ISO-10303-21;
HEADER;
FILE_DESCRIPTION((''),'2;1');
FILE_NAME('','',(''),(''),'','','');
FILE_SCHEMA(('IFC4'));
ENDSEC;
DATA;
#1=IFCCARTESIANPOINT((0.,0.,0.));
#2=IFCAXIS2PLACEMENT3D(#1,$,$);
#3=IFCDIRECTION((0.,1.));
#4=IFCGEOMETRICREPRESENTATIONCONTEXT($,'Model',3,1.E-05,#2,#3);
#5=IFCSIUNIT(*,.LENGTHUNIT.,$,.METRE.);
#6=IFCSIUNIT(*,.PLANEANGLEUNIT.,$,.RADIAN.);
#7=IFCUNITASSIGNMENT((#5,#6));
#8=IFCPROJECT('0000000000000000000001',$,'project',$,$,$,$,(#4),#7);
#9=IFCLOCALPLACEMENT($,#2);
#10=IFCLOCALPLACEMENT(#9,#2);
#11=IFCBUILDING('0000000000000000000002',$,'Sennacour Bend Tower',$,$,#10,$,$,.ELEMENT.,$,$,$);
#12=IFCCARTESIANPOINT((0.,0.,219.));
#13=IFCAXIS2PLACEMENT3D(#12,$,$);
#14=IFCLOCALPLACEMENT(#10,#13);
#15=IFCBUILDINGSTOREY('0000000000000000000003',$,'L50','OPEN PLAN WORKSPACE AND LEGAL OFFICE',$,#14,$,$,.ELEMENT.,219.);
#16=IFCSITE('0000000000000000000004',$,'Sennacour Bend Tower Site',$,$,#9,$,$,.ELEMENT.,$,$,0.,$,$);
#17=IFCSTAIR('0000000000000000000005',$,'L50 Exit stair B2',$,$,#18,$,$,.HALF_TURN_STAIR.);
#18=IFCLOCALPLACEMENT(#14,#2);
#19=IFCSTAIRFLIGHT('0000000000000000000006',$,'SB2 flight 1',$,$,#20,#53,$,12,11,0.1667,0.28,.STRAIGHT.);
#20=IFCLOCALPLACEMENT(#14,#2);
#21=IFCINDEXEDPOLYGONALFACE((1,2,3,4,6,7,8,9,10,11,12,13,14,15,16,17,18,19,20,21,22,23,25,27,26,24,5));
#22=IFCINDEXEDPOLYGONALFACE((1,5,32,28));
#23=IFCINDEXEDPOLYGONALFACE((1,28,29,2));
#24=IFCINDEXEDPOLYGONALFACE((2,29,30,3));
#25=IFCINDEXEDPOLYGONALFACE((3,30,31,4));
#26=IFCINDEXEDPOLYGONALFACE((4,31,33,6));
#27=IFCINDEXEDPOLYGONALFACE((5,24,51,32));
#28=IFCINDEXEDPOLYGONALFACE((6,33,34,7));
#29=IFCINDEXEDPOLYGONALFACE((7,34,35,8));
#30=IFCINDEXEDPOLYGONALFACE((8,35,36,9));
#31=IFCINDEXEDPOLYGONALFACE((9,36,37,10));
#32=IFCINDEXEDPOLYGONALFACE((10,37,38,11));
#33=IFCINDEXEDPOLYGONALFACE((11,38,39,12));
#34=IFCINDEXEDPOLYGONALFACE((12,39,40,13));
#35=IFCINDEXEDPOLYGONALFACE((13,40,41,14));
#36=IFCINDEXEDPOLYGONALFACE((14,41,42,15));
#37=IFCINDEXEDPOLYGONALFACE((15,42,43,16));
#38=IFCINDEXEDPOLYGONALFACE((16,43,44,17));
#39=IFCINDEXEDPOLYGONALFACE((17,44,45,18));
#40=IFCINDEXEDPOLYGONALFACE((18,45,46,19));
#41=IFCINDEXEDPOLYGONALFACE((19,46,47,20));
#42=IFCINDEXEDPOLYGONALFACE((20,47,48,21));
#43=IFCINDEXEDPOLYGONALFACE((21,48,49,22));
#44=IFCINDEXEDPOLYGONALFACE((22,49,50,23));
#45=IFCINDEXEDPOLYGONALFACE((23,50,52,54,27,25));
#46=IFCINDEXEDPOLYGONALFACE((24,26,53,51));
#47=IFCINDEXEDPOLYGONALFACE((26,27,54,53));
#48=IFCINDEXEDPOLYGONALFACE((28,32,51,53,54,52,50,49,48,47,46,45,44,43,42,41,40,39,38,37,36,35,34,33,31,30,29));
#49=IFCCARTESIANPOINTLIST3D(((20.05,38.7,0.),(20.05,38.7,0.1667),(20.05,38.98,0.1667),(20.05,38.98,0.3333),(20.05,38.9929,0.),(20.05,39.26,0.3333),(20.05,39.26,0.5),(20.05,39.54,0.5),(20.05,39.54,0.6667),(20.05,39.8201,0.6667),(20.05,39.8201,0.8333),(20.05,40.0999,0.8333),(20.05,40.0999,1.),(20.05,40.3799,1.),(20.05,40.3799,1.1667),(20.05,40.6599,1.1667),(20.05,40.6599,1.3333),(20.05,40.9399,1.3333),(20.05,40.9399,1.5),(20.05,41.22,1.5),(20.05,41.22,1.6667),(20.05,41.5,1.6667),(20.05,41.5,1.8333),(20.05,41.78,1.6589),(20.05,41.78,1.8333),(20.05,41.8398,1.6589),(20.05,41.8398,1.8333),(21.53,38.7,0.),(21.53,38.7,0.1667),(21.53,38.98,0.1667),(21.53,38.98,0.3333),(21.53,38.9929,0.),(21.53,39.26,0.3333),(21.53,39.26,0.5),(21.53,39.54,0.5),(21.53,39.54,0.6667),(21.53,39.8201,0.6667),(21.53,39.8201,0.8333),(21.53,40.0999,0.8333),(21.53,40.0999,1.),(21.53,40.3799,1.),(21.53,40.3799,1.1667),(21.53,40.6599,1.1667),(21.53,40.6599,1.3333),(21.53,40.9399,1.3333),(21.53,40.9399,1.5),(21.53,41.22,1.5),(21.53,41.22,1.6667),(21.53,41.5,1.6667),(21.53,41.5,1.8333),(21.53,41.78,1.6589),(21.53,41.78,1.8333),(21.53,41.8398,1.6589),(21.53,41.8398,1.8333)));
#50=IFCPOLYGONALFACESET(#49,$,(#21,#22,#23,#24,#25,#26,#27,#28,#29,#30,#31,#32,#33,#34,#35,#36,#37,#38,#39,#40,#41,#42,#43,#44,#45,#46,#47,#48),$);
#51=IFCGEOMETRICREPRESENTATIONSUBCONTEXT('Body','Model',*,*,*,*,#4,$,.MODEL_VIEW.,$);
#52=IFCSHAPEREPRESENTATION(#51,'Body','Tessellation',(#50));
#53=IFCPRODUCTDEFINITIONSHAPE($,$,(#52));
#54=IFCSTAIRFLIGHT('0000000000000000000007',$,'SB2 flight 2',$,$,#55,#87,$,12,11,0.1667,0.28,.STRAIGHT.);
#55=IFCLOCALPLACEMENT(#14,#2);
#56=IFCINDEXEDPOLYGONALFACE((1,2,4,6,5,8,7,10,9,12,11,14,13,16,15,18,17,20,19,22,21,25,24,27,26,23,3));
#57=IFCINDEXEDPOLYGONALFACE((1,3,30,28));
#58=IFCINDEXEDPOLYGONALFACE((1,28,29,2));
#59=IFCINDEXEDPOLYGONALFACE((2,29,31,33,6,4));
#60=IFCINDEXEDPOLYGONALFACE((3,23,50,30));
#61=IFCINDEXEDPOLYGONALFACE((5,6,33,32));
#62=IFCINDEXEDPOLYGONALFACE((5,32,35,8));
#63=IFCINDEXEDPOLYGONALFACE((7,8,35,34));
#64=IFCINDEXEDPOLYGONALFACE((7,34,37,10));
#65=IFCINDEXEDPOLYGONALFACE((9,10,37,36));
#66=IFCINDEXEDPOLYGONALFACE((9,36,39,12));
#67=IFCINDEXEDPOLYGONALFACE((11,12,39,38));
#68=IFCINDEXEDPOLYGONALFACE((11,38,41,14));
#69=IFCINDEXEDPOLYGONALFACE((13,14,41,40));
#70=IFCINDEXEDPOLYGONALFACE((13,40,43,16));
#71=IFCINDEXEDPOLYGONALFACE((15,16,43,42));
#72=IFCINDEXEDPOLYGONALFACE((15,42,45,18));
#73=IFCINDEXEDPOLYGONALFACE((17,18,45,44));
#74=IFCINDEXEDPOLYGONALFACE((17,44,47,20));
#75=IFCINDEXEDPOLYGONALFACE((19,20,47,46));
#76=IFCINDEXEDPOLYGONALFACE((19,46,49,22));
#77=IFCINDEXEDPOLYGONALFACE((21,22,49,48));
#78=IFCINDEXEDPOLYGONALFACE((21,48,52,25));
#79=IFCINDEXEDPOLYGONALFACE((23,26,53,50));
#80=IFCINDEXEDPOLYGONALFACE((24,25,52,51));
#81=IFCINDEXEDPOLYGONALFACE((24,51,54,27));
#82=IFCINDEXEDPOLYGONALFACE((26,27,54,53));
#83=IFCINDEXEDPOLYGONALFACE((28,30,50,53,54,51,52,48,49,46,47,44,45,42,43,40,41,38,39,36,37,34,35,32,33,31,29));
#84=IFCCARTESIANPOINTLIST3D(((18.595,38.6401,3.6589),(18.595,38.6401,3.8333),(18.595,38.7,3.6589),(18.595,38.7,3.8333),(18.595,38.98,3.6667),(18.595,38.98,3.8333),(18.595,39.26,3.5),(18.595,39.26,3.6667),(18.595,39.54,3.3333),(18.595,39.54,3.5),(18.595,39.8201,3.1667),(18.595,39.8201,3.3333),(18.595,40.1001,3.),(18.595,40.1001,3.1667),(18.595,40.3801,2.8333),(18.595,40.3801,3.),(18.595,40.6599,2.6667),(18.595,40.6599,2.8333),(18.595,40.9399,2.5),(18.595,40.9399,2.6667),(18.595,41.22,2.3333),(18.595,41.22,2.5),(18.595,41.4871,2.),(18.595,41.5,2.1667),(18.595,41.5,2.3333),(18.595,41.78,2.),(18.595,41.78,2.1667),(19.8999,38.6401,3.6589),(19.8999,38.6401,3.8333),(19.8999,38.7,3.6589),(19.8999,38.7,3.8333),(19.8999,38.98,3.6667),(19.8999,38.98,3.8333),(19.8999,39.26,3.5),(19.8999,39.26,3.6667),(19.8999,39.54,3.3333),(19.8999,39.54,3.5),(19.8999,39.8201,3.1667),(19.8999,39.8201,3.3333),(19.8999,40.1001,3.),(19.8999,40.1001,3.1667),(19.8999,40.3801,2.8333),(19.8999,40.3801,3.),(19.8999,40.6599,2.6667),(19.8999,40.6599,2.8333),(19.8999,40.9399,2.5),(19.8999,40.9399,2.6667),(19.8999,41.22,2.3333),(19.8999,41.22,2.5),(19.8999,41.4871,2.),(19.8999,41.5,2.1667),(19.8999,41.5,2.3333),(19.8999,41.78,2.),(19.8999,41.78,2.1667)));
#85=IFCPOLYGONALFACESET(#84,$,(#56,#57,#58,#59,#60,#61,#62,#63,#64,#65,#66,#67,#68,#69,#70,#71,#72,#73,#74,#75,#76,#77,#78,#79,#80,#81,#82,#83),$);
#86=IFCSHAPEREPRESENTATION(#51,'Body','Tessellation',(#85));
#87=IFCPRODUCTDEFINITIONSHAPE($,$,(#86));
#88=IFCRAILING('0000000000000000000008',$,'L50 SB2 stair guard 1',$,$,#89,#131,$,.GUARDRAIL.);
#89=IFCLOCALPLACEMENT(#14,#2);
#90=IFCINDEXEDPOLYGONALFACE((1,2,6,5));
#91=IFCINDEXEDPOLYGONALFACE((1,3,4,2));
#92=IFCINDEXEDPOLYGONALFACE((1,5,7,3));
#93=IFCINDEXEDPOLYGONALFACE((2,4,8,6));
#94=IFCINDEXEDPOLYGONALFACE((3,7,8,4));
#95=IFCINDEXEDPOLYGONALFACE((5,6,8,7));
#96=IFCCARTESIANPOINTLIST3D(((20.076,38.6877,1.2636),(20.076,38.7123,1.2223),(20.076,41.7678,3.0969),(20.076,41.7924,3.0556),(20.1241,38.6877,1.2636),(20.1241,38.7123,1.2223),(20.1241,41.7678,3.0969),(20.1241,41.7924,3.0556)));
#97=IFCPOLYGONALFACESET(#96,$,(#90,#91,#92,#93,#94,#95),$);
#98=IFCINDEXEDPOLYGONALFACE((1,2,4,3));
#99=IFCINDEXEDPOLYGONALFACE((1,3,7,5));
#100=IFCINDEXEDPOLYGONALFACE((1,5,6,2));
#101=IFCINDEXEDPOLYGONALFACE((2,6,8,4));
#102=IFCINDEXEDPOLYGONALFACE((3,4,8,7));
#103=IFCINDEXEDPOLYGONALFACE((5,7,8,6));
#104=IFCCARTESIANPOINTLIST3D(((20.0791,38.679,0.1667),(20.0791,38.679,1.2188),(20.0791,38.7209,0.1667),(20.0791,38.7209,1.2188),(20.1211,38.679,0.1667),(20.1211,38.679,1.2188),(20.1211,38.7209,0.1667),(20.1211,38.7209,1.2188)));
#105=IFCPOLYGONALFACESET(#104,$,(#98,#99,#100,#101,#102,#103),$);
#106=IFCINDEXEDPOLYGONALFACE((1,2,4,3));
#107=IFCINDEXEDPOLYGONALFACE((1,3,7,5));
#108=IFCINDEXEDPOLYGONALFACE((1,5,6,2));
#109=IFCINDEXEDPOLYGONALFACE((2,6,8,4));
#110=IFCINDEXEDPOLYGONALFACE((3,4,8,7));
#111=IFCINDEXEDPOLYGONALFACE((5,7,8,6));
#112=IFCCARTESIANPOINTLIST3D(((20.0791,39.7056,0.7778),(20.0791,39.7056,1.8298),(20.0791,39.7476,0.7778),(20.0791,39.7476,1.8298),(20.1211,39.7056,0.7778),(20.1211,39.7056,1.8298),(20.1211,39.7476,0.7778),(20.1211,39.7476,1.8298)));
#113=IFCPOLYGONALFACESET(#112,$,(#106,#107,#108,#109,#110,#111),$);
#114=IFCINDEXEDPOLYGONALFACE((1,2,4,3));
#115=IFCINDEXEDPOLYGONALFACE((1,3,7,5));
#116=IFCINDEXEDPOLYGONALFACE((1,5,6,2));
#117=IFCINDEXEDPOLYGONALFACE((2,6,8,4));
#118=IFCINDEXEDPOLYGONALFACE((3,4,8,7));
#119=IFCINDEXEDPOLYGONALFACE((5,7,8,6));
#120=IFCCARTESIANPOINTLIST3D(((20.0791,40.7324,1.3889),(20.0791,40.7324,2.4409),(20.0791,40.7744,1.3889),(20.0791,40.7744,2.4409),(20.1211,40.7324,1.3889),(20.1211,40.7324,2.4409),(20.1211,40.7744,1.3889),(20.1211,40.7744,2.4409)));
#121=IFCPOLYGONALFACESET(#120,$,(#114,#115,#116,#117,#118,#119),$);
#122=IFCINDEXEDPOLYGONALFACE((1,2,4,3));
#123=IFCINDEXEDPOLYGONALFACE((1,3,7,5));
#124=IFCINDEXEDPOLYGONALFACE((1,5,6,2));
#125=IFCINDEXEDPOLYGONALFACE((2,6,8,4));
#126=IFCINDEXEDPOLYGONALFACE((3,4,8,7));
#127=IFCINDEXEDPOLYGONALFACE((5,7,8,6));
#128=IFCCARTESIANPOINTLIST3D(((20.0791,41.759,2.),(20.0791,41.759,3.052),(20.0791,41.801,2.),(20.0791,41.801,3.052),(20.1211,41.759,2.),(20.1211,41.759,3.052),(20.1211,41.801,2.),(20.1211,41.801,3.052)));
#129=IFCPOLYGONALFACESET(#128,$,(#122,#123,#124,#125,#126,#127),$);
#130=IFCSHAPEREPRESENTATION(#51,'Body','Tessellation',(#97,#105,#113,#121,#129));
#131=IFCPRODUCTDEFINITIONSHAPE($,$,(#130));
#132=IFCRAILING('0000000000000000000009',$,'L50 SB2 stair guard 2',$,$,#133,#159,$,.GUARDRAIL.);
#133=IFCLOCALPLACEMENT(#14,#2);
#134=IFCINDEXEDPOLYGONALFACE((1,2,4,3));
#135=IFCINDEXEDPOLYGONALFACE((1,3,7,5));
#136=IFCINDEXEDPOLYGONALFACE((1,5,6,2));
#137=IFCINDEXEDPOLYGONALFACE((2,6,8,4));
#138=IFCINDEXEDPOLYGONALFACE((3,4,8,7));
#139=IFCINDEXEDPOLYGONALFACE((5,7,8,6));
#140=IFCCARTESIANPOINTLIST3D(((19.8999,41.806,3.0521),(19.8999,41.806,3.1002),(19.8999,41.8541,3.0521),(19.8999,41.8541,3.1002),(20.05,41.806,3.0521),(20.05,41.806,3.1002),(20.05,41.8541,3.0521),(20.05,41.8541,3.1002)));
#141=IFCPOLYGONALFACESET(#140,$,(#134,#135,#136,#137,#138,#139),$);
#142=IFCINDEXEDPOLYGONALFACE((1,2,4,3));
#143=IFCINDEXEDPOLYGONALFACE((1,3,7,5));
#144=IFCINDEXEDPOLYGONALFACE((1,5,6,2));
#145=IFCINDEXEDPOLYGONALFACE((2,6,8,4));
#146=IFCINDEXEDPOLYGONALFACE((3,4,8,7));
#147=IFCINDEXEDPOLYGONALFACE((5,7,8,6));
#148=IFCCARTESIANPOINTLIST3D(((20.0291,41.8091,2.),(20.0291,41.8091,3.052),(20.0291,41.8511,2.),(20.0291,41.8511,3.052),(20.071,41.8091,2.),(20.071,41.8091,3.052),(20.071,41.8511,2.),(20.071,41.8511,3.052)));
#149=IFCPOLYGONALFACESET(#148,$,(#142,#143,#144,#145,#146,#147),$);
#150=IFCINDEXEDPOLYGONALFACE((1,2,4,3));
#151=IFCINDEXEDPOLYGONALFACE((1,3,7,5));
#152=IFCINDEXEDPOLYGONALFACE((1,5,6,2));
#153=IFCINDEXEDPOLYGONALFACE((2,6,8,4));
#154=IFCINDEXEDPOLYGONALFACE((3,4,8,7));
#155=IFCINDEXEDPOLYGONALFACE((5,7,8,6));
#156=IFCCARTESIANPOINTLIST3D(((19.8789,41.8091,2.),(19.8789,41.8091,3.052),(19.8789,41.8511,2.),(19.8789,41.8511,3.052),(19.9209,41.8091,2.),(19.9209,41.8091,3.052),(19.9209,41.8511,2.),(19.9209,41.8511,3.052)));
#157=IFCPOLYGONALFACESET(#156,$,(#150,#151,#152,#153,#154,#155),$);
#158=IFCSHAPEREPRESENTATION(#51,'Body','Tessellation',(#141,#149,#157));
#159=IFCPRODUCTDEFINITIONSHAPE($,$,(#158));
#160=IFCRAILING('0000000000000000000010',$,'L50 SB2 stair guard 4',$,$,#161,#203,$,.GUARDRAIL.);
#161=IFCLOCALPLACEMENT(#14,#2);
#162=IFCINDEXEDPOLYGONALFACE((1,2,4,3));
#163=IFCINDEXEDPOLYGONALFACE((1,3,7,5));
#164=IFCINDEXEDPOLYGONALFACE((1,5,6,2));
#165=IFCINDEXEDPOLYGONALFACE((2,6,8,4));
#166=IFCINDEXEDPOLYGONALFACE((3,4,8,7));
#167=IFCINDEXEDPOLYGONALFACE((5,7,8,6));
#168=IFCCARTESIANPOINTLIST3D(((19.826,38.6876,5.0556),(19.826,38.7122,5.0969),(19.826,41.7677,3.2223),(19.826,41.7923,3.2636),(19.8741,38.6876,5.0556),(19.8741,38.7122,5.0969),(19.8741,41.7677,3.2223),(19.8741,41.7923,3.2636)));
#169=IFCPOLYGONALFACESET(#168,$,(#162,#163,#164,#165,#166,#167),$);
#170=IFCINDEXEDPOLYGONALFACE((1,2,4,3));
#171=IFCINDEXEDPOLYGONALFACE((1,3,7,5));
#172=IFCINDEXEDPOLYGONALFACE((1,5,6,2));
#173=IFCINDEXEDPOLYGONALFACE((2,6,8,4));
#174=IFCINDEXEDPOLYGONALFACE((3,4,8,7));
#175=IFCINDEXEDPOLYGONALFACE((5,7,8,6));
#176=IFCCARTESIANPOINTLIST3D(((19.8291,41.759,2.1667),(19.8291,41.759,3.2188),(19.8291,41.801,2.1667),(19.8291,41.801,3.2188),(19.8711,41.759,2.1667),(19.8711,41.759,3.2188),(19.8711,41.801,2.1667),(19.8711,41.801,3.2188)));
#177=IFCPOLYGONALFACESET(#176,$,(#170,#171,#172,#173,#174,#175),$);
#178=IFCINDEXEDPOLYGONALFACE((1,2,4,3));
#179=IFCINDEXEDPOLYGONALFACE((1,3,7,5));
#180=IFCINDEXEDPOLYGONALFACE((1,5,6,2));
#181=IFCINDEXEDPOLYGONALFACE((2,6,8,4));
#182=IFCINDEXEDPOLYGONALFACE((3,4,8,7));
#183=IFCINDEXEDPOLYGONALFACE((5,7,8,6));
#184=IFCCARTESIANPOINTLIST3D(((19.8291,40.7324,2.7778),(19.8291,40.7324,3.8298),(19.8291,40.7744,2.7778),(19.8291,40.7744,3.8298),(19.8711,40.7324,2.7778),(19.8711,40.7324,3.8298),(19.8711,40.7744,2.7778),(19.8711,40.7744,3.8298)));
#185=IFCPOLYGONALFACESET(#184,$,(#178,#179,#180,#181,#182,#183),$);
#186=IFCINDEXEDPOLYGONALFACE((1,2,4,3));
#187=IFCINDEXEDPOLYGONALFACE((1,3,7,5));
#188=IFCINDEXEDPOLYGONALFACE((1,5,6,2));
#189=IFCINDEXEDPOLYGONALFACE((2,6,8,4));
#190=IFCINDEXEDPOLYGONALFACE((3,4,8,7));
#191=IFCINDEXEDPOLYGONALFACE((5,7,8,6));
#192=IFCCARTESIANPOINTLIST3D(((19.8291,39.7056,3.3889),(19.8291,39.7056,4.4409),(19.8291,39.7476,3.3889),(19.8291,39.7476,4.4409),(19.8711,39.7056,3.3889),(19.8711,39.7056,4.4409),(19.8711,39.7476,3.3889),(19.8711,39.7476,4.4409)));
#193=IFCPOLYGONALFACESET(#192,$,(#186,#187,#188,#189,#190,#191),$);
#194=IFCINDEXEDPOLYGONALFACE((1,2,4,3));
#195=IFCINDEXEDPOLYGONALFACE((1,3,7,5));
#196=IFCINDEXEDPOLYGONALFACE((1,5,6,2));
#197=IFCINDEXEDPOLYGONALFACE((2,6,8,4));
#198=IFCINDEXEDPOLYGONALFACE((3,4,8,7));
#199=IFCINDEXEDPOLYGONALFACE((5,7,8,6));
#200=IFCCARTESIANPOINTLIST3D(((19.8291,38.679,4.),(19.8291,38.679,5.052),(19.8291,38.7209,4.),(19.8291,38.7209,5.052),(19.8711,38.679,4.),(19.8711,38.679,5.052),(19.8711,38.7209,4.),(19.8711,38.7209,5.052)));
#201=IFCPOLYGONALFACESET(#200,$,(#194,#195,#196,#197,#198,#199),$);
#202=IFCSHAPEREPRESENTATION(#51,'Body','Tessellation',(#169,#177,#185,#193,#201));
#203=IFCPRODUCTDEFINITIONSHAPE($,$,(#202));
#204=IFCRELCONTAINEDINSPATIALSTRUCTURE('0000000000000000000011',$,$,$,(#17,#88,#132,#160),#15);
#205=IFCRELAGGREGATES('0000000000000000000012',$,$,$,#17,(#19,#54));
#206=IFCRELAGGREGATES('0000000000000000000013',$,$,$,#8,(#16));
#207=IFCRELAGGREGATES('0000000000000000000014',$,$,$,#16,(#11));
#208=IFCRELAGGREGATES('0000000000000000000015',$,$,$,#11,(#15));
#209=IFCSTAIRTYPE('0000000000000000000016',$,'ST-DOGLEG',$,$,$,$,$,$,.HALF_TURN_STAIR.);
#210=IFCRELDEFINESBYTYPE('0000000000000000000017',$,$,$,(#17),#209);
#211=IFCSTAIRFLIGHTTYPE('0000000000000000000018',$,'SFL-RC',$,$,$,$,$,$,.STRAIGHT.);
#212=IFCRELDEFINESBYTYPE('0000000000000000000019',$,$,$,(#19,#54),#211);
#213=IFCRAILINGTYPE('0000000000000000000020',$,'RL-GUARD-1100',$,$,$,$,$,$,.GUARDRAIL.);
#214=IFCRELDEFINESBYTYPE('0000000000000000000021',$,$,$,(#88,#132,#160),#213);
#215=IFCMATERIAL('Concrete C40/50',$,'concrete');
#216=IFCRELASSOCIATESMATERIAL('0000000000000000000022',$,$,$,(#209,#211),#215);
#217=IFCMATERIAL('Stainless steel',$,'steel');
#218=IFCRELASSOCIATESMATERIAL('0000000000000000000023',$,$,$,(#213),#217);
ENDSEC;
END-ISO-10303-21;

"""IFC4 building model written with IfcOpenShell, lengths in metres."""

from ifc_helpers import new_model, si_unit, direction, frame, origin, origin_2d, place, context, subcontext, project, spatial, polyline, rectangle, outline, extrude, material, type_object, element, aggregate, save


model = new_model("IFC4")

# Units and contexts
model_context = context("Model", 3, precision=1e-05, world=origin(), true_north=direction((0.0, 1.0)))
body_context = subcontext(model_context, "Body", "Model", "MODEL_VIEW")
ifc_project = project(units=[si_unit("LENGTHUNIT", "METRE"), si_unit("PLANEANGLEUNIT", "RADIAN")], contexts=[model_context])

# Site, building, storey
site_placement = place(None, origin())
site = spatial("IfcSite", under=ifc_project, at=site_placement, Name="Sennacour Bend Tower Site", CompositionType="ELEMENT", RefElevation=0.0)
building_placement = place(site_placement, origin())
building = spatial("IfcBuilding", under=site, at=building_placement, Name="Sennacour Bend Tower", CompositionType="ELEMENT")
storey_placement = place(building_placement, frame((0.0, 0.0, 219.0)))
storey = spatial("IfcBuildingStorey", under=building, at=storey_placement, Name="L50", Description="OPEN PLAN WORKSPACE AND LEGAL OFFICE", CompositionType="ELEMENT", Elevation=219.0)

# Shared definitions
ifc_material_1 = material(Name="Stainless steel", Category="steel")

# Stair, stair flights
ifc_material_2 = material(Name="Concrete C40/50", Category="concrete")
stair_type = type_object("IfcStairType", Name="ST-DOGLEG", PredefinedType="HALF_TURN_STAIR", material=ifc_material_2)
stair_placement = place(storey_placement, origin())
stair = element("IfcStair", 1, at=stair_placement, inside=storey, type_object=stair_type, Name="L50 Exit stair B2", PredefinedType="HALF_TURN_STAIR")
stair_flight_type = type_object("IfcStairFlightType", Name="SFL-RC", PredefinedType="STRAIGHT", material=ifc_material_2)
stair_flight_1_placement = place(storey_placement, frame((20.79, 38.7, 0.0), z_axis=(0.0, 0.0, 1.0), x_axis=(0.0, 1.0, 0.0)))
stair_flight_1 = element("IfcStairFlight", 2, at=stair_flight_1_placement, type_object=stair_flight_type, Name="SB2 flight 1", NumberOfRisers=12, NumberOfTreads=11, PredefinedType="STRAIGHT", RiserHeight=0.1667, TreadLength=0.28, context=body_context, shape_type="SweptSolid", body=[
    extrude(outline(polyline([(0.0, 0.0), (0.0, 0.1667), (0.28, 0.1667), (0.28, 0.3333), (0.5601, 0.3333), (0.5601, 0.5), (0.8401, 0.5), (0.8401, 0.6667), (1.1201, 0.6667), (1.1201, 0.8333), (1.3999, 0.8333), (1.3999, 1.0), (1.6799, 1.0), (1.6799, 1.1667), (1.96, 1.1667), (1.96, 1.3333), (2.24, 1.3333), (2.24, 1.5), (2.52, 1.5), (2.52, 1.6667), (2.8, 1.6667), (2.8, 1.8333), (3.0801, 1.8333), (3.1399, 1.8333), (3.1399, 1.6589), (3.0801, 1.6589), (0.293, 0.0), (0.0, 0.0)])), frame((0.0, 0.74, 0.0), z_axis=(0.0, -1.0, 0.0), x_axis=(1.0, 0.0, 0.0)), (0.0, 0.0, 1.0), 1.48),
])
stair_flight_2_placement = place(storey_placement, frame((19.2476, 41.78, 2.0), z_axis=(0.0, 0.0, 1.0), x_axis=(0.0, -1.0, 0.0)))
stair_flight_2 = element("IfcStairFlight", 3, at=stair_flight_2_placement, type_object=stair_flight_type, Name="SB2 flight 2", NumberOfRisers=12, NumberOfTreads=11, PredefinedType="STRAIGHT", RiserHeight=0.1667, TreadLength=0.28, context=body_context, shape_type="SweptSolid", body=[
    extrude(outline(polyline([(0.0, 0.0), (0.0, 0.1667), (0.28, 0.1667), (0.28, 0.3333), (0.5601, 0.3333), (0.5601, 0.5), (0.8401, 0.5), (0.8401, 0.6667), (1.1201, 0.6667), (1.1201, 0.8333), (1.3999, 0.8333), (1.3999, 1.0), (1.6799, 1.0), (1.6799, 1.1667), (1.96, 1.1667), (1.96, 1.3333), (2.24, 1.3333), (2.24, 1.5), (2.52, 1.5), (2.52, 1.6667), (2.8, 1.6667), (2.8, 1.8333), (3.0801, 1.8333), (3.1399, 1.8333), (3.1399, 1.6589), (3.0801, 1.6589), (0.293, 0.0), (0.0, 0.0)])), frame((0.0, 0.6523, 0.0), z_axis=(0.0, -1.0, 0.0), x_axis=(1.0, 0.0, 0.0)), (0.0, 0.0, 1.0), 1.3049),
])
aggregate(stair, [stair_flight_1, stair_flight_2])

# Railings
railing_type_1 = type_object("IfcRailingType", Name="RL-GUARD-1100", PredefinedType="GUARDRAIL", material=ifc_material_1)
railing_1_placement = place(storey_placement, frame((20.1001, 38.7, 0.1667)))
element("IfcRailing", 4, at=railing_1_placement, inside=storey, type_object=railing_type_1, Name="L50 SB2 stair guard 1", PredefinedType="GUARDRAIL", context=body_context, shape_type="SweptSolid", body=[
    extrude(rectangle(XDim=0.0481, YDim=0.0481, at=origin_2d()), frame((0.0, 0.0, 1.0762), z_axis=(0.0, 0.859309, 0.511458), x_axis=(-1.0, 0.0, 0.0)), (0.0, 0.0, 1.0), 3.5845),
    extrude(rectangle(XDim=0.042, YDim=0.042, at=origin_2d()), origin(), (0.0, 0.0, 1.0), 1.052),
    extrude(rectangle(XDim=0.042, YDim=0.042, at=origin_2d()), frame((0.0, 1.0266, 0.6111)), (0.0, 0.0, 1.0), 1.052),
    extrude(rectangle(XDim=0.042, YDim=0.042, at=origin_2d()), frame((0.0, 2.0535, 1.2222)), (0.0, 0.0, 1.0), 1.052),
    extrude(rectangle(XDim=0.042, YDim=0.042, at=origin_2d()), frame((0.0, 3.0801, 1.8333)), (0.0, 0.0, 1.0), 1.052),
])
railing_2_placement = place(storey_placement, frame((20.05, 41.8301, 2.0)))
element("IfcRailing", 5, at=railing_2_placement, inside=storey, type_object=railing_type_1, Name="L50 SB2 stair guard 2", PredefinedType="GUARDRAIL", context=body_context, shape_type="SweptSolid", body=[
    extrude(rectangle(XDim=0.0481, YDim=0.0481, at=origin_2d()), frame((0.0, 0.0, 1.0762), z_axis=(-1.0, 0.0, 0.0), x_axis=(0.0, -1.0, 0.0)), (0.0, 0.0, 1.0), 0.1501),
    extrude(rectangle(XDim=0.042, YDim=0.042, at=origin_2d()), origin(), (0.0, 0.0, 1.0), 1.052),
    extrude(rectangle(XDim=0.042, YDim=0.042, at=origin_2d()), frame((-0.1501, 0.0, 0.0)), (0.0, 0.0, 1.0), 1.052),
])
railing_3_placement = place(storey_placement, frame((19.8501, 41.78, 2.1667)))
element("IfcRailing", 6, at=railing_3_placement, inside=storey, type_object=railing_type_1, Name="L50 SB2 stair guard 4", PredefinedType="GUARDRAIL", context=body_context, shape_type="SweptSolid", body=[
    extrude(rectangle(XDim=0.0481, YDim=0.0481, at=origin_2d()), frame((0.0, 0.0, 1.0762), z_axis=(0.0, -0.859309, 0.511458), x_axis=(1.0, 0.0, 0.0)), (0.0, 0.0, 1.0), 3.5845),
    extrude(rectangle(XDim=0.042, YDim=0.042, at=origin_2d()), origin(), (0.0, 0.0, 1.0), 1.052),
    extrude(rectangle(XDim=0.042, YDim=0.042, at=origin_2d()), frame((0.0, -1.0266, 0.6111)), (0.0, 0.0, 1.0), 1.052),
    extrude(rectangle(XDim=0.042, YDim=0.042, at=origin_2d()), frame((0.0, -2.0535, 1.2222)), (0.0, 0.0, 1.0), 1.052),
    extrude(rectangle(XDim=0.042, YDim=0.042, at=origin_2d()), frame((0.0, -3.0801, 1.8333)), (0.0, 0.0, 1.0), 1.052),
])

save(model, "model.ifc")
